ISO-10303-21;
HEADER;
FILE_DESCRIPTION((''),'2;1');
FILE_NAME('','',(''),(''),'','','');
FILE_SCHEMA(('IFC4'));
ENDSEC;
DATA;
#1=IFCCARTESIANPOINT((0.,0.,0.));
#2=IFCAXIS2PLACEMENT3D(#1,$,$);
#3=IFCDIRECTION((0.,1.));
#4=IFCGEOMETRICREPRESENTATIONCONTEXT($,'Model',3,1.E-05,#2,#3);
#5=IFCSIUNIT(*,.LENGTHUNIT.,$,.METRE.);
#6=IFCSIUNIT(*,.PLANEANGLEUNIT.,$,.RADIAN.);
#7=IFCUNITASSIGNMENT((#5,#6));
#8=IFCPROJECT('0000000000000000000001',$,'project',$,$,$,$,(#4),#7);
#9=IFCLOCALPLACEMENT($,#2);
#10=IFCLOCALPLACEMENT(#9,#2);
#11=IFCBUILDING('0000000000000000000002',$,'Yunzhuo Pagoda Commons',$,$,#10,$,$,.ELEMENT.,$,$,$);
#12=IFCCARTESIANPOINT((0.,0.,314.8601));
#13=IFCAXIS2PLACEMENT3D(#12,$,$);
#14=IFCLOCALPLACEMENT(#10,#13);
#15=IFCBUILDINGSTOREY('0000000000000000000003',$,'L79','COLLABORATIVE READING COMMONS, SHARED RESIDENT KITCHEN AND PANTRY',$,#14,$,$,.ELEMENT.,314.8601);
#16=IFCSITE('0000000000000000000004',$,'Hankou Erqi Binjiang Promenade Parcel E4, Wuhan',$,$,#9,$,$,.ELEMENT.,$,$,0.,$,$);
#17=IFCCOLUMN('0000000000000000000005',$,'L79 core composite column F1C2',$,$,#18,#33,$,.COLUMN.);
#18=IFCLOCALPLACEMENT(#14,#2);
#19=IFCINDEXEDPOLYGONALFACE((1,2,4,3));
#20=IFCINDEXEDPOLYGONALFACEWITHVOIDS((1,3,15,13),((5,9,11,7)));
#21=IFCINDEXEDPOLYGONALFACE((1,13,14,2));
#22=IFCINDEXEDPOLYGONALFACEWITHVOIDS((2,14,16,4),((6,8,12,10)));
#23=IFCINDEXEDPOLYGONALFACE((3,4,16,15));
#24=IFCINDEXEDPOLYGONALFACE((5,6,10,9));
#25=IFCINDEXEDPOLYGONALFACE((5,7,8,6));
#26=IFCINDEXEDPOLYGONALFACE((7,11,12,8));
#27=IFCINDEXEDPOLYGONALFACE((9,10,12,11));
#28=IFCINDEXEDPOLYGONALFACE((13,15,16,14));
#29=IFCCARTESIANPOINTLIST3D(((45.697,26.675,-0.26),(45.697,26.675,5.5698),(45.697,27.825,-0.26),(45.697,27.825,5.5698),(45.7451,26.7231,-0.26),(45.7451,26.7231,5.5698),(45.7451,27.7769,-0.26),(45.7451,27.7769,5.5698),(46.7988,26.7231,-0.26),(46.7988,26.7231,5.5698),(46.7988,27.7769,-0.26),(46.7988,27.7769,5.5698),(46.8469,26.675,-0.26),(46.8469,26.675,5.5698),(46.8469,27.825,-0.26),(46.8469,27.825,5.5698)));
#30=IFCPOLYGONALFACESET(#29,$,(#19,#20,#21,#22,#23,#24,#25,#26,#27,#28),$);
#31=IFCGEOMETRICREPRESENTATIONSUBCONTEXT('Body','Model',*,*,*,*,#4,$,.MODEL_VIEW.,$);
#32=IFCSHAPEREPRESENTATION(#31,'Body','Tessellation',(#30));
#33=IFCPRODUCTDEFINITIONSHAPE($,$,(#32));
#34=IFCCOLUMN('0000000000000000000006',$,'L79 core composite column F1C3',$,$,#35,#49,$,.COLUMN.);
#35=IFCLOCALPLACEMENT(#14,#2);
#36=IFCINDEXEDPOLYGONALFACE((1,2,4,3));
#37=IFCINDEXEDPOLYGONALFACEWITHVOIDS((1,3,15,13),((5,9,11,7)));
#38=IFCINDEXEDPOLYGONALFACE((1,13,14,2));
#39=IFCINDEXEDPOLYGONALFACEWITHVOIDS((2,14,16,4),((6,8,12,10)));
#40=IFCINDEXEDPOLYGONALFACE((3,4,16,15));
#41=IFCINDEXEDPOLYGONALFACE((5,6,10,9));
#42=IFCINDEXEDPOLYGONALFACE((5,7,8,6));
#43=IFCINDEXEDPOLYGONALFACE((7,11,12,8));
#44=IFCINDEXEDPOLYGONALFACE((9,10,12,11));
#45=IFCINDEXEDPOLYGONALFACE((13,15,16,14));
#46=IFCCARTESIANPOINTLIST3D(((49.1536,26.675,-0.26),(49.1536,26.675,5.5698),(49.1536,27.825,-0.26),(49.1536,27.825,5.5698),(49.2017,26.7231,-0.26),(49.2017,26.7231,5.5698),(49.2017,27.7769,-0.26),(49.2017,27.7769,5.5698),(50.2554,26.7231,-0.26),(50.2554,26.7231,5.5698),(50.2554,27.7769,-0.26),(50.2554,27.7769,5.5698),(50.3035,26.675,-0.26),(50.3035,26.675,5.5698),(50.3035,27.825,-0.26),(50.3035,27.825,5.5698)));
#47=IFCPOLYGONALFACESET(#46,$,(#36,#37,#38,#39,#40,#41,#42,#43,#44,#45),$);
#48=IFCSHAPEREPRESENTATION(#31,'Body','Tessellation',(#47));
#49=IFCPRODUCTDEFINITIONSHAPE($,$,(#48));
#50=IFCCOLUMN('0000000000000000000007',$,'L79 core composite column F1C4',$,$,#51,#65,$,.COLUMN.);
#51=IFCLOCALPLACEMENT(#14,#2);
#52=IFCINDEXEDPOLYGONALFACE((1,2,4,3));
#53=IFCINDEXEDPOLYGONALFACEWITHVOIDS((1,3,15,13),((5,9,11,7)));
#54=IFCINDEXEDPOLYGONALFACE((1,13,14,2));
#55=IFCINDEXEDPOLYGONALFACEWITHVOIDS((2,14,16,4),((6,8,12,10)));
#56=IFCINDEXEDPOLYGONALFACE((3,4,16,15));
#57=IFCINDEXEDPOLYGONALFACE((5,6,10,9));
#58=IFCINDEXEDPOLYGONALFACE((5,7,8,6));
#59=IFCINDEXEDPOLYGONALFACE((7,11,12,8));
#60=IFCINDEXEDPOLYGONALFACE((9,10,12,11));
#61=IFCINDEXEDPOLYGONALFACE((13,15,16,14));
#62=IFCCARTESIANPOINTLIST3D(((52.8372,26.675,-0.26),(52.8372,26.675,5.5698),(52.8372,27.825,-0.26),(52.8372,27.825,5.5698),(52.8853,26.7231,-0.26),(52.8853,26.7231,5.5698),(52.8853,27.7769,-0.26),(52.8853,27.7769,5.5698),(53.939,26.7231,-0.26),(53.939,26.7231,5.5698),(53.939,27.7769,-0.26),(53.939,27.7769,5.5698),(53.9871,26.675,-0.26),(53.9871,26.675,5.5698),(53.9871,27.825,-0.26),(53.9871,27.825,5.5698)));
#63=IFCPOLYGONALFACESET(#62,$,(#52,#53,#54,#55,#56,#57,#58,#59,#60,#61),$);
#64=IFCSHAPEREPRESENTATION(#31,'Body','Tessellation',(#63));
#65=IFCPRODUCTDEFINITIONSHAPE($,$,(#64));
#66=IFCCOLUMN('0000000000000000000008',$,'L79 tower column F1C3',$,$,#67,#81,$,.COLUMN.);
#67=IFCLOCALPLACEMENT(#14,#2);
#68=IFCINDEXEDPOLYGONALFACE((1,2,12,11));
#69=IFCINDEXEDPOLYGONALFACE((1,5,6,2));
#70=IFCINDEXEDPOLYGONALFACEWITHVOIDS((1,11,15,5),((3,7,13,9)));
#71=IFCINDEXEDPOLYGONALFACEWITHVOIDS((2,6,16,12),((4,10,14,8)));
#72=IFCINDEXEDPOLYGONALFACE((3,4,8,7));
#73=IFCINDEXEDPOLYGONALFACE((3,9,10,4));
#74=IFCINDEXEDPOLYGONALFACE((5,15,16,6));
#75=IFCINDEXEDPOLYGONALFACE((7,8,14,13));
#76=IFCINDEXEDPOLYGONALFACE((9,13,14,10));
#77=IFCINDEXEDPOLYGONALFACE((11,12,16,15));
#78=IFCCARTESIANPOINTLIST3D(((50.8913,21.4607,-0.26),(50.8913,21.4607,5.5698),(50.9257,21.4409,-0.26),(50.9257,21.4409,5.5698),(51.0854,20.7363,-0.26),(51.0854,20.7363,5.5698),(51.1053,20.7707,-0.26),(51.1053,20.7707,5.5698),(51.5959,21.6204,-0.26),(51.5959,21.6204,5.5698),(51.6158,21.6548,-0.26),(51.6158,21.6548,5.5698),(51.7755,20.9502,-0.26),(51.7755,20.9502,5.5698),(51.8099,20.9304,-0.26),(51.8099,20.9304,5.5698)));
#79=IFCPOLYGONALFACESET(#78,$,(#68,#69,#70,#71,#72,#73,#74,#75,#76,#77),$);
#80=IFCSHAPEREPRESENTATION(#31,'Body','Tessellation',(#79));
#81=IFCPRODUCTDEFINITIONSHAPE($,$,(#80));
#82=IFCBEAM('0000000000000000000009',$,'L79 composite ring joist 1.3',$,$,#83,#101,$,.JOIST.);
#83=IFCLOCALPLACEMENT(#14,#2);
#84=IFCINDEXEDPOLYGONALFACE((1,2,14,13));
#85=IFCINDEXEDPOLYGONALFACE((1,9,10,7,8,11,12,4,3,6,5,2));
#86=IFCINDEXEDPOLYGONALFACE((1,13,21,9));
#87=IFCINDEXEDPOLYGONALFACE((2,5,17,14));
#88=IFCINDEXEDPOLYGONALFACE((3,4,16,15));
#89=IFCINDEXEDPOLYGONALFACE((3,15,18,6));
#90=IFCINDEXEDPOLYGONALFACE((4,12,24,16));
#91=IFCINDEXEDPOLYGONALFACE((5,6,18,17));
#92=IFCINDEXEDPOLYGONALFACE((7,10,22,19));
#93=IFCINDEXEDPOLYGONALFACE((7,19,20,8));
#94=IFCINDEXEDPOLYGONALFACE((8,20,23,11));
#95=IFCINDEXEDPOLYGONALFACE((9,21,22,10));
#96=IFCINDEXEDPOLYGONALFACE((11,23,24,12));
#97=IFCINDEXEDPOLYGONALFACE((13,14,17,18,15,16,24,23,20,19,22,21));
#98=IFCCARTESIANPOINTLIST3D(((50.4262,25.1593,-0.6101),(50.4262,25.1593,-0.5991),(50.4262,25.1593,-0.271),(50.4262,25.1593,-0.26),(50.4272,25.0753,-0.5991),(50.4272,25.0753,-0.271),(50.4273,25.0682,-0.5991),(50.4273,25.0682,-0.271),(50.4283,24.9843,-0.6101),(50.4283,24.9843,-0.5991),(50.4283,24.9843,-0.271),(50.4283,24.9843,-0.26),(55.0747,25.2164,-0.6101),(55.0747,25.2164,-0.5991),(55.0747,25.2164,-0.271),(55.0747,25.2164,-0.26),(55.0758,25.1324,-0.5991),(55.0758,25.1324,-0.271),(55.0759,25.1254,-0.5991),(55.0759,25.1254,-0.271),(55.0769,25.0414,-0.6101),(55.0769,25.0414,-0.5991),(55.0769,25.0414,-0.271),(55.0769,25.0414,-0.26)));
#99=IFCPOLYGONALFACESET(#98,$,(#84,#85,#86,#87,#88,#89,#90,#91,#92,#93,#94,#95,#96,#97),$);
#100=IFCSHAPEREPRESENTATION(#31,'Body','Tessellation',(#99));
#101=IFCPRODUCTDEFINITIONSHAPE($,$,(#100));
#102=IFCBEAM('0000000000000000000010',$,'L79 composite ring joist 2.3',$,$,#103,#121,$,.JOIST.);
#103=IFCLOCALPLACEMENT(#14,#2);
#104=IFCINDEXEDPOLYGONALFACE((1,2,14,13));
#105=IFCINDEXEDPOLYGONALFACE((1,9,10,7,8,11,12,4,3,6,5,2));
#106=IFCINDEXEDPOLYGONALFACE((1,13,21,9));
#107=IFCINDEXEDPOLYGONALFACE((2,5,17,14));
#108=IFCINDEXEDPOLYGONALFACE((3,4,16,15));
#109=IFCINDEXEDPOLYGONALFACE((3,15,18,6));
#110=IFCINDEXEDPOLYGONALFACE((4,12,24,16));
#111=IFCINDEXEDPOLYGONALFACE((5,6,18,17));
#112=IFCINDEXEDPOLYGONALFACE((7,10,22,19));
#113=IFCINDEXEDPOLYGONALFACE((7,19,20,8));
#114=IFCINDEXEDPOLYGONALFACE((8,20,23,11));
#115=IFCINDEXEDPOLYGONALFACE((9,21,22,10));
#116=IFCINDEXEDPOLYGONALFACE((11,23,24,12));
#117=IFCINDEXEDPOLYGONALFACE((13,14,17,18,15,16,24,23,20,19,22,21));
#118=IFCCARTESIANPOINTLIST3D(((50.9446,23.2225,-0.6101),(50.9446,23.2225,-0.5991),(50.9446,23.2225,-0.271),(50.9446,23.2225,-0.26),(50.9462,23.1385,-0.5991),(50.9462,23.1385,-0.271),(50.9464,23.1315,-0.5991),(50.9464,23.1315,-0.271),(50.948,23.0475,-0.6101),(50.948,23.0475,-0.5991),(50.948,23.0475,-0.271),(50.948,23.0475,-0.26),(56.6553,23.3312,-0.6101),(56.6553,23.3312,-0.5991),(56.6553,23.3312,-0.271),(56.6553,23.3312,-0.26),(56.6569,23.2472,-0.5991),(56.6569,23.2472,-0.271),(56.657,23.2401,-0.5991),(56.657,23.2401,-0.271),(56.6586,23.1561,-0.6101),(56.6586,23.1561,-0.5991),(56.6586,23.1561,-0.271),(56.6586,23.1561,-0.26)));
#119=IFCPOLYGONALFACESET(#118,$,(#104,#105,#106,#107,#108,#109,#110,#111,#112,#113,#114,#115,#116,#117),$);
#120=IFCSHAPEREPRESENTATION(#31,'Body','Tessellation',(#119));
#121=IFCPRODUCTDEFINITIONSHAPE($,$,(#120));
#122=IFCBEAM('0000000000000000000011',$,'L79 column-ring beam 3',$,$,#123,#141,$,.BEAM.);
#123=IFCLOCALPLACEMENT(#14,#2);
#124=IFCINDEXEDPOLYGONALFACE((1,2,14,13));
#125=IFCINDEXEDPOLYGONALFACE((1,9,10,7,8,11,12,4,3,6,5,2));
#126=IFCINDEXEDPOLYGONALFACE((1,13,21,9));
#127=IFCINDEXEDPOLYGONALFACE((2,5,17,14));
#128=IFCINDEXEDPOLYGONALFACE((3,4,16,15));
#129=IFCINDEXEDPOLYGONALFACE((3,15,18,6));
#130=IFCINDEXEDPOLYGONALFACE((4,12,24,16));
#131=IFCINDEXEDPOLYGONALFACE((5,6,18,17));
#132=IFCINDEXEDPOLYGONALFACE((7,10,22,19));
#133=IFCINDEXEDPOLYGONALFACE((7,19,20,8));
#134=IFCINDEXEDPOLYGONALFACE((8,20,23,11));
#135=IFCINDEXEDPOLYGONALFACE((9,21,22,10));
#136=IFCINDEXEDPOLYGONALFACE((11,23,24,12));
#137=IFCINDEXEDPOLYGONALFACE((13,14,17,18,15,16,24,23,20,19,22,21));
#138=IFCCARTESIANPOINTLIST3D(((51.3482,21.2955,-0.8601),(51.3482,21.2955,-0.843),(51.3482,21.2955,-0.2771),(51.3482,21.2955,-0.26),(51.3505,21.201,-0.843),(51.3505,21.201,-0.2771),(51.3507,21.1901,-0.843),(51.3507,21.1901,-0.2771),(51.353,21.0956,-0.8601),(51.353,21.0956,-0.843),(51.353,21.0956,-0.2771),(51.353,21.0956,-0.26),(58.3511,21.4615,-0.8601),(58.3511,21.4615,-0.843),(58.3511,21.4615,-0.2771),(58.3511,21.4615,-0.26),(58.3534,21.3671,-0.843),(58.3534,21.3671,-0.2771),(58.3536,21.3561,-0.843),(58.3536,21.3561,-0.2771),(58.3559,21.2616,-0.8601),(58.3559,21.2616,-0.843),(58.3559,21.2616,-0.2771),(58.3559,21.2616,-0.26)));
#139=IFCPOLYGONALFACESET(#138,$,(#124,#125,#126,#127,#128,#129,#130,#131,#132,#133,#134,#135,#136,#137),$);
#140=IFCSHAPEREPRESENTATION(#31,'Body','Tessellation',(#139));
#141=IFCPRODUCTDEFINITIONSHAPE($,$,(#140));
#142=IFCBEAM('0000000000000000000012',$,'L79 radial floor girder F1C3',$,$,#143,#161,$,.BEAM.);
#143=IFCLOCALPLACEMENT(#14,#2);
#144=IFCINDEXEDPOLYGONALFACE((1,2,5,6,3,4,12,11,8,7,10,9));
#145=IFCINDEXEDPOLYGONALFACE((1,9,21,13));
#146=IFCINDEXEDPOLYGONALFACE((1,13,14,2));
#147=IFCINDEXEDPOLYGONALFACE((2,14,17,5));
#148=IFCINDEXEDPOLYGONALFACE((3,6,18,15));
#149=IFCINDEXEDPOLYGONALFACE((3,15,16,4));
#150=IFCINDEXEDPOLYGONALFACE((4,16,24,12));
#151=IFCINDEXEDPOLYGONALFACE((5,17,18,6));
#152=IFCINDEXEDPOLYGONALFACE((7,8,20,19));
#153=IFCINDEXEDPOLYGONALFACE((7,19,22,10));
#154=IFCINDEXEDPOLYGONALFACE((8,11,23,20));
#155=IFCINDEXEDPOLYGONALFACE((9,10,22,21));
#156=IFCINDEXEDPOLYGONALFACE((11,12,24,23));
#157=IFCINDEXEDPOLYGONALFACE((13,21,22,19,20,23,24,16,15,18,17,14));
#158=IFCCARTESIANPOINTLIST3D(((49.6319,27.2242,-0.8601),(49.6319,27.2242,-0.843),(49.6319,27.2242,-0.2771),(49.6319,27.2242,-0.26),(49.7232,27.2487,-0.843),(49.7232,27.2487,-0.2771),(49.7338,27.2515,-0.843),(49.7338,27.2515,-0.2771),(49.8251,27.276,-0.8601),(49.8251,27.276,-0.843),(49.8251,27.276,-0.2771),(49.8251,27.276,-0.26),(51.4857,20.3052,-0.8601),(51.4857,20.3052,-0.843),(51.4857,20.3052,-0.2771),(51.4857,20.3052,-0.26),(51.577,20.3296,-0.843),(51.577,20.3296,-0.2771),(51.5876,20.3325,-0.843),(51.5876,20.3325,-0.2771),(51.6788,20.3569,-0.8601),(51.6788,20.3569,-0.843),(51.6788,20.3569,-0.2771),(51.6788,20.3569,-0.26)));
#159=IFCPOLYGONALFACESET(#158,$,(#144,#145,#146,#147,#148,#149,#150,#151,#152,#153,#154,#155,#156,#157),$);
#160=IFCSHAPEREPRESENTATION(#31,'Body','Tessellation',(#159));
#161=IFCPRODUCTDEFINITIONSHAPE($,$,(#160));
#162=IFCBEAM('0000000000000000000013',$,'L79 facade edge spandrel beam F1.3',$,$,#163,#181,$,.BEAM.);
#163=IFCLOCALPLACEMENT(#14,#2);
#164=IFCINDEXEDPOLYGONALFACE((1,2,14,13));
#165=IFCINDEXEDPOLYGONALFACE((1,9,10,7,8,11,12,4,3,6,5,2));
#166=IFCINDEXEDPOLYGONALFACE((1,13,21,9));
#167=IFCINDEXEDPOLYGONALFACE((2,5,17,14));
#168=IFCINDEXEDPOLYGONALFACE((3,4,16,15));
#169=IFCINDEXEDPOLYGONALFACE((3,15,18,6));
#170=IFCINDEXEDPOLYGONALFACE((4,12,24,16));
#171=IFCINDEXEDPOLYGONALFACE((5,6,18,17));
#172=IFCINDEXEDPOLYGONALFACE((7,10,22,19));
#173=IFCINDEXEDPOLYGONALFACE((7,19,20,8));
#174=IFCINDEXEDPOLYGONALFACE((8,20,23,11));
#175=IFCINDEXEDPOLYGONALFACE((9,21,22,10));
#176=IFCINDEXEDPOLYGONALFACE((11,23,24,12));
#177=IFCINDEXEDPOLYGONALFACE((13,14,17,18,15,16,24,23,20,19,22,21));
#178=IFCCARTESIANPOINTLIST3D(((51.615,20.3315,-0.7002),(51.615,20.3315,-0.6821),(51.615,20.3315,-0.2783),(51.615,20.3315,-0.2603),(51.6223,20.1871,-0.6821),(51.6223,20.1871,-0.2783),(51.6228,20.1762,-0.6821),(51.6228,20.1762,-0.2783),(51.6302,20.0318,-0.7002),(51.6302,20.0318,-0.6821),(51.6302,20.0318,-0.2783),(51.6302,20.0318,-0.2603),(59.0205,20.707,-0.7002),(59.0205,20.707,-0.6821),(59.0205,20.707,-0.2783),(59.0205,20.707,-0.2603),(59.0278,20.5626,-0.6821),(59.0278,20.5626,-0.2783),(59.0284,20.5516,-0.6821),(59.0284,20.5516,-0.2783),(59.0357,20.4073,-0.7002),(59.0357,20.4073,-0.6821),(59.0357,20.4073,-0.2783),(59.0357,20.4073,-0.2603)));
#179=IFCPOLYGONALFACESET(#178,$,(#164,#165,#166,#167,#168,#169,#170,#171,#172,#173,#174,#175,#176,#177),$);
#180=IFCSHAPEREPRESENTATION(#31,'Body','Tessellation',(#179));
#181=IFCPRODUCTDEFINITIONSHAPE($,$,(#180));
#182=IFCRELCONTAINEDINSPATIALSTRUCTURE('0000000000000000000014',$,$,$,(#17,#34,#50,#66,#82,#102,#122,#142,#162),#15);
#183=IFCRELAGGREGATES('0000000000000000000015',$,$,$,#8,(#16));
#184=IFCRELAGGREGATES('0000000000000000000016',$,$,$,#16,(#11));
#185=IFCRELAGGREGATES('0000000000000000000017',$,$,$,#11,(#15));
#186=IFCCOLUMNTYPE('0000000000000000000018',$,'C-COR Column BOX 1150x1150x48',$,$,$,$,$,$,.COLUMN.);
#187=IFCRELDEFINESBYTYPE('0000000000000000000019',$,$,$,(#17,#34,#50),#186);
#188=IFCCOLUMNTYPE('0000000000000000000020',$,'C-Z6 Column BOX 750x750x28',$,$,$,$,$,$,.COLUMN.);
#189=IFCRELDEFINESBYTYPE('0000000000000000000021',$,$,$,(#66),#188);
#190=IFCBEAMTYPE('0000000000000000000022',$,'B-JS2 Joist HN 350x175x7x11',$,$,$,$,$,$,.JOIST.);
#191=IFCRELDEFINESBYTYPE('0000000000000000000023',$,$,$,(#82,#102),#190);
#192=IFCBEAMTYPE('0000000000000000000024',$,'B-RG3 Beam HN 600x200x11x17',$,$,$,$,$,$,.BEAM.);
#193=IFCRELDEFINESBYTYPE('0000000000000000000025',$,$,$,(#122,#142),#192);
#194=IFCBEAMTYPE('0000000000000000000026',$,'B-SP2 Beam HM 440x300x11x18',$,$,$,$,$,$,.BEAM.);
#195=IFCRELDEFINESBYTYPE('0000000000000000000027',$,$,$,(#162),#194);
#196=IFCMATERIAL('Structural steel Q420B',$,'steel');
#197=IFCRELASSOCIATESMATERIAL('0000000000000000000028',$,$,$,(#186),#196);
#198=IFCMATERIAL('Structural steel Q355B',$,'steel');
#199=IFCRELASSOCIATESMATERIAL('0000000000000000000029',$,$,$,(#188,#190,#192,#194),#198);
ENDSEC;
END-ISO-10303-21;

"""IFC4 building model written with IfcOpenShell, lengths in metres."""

from ifc_helpers import new_model, si_unit, direction, frame, origin, origin_2d, place, context, subcontext, project, spatial, hollow_rectangle, i_section, extrude, source, transform, mapped, material, material_profile, profile_set, type_object, element, save


model = new_model("IFC4")

# Units and contexts
model_context = context("Model", 3, precision=1e-05, world=origin(), true_north=direction((0.0, 1.0)))
body_context = subcontext(model_context, "Body", "Model", "MODEL_VIEW")
ifc_project = project(units=[si_unit("LENGTHUNIT", "METRE"), si_unit("PLANEANGLEUNIT", "RADIAN")], contexts=[model_context])

# Site, building, storey
site_placement = place(None, origin())
site = spatial("IfcSite", under=ifc_project, at=site_placement, Name="Hankou Erqi Binjiang Promenade Parcel E4, Wuhan", CompositionType="ELEMENT", RefElevation=0.0)
building_placement = place(site_placement, origin())
building = spatial("IfcBuilding", under=site, at=building_placement, Name="Yunzhuo Pagoda Commons", CompositionType="ELEMENT")
storey_placement = place(building_placement, frame((0.0, 0.0, 314.8601)))
storey = spatial("IfcBuildingStorey", under=building, at=storey_placement, Name="L79", Description="COLLABORATIVE READING COMMONS, SHARED RESIDENT KITCHEN AND PANTRY", CompositionType="ELEMENT", Elevation=314.8601)

# Columns
ifc_material_1 = material(Name="Structural steel Q420B", Category="steel")
ifc_material_profile_1 = material_profile(ifc_material_1, hollow_rectangle(XDim=1.1499, YDim=1.1499, WallThickness=0.0481, at=origin_2d()), Name="Structural steel Q420B")
ifc_profile_set_1 = profile_set([ifc_material_profile_1], Name="Structural steel Q420B")
column_type_1 = type_object("IfcColumnType", Name="C-COR Column BOX 1150x1150x48", PredefinedType="COLUMN", material=ifc_profile_set_1)
shared_shape_1 = source(origin(), body_context, "Body", "SweptSolid", [
    extrude(hollow_rectangle(XDim=1.1499, YDim=1.1499, WallThickness=0.0481, at=origin_2d()), origin(), (0.0, 0.0, 1.0), 5.8298),
])
for number, where, z_axis, x_axis, name in (
    (1, (46.272, 27.25, -0.26), (0.0, 0.0, 1.0), (1.0, 0.0, 0.0), "L79 core composite column F1C2"),
    (2, (49.7285, 27.25, -0.26), (0.0, 0.0, 1.0), (1.0, 0.0, 0.0), "L79 core composite column F1C3"),
    (3, (53.4121, 27.25, -0.26), (0.0, 0.0, 1.0), (1.0, 0.0, 0.0), "L79 core composite column F1C4"),
):
    element("IfcColumn", number, at=place(storey_placement, frame(where, z_axis=z_axis, x_axis=x_axis)), inside=storey, type_object=column_type_1, Name=name, PredefinedType="COLUMN", context=body_context, shape_type="MappedRepresentation", body=[
        mapped(shared_shape_1, transform((0.0, 0.0, 0.0), scale=1.0)),
    ])
ifc_material_2 = material(Name="Structural steel Q355B", Category="steel")
ifc_material_profile_2 = material_profile(ifc_material_2, hollow_rectangle(XDim=0.75, YDim=0.75, WallThickness=0.0281, at=origin_2d()), Name="Structural steel Q355B")
ifc_profile_set_2 = profile_set([ifc_material_profile_2], Name="Structural steel Q355B")
column_type_2 = type_object("IfcColumnType", Name="C-Z6 Column BOX 750x750x28", PredefinedType="COLUMN", material=ifc_profile_set_2)
shared_shape_2 = source(origin(), body_context, "Body", "SweptSolid", [
    extrude(hollow_rectangle(XDim=0.75, YDim=0.75, WallThickness=0.0281, at=origin_2d()), origin(), (0.0, 0.0, 1.0), 5.8298),
])
column_placement = place(storey_placement, frame((51.3506, 21.1956, -0.26), z_axis=(0.0, 0.0, 1.0), x_axis=(0.965926, 0.258819, 0.0)))
element("IfcColumn", 4, at=column_placement, inside=storey, type_object=column_type_2, Name="L79 tower column F1C3", PredefinedType="COLUMN", context=body_context, shape_type="MappedRepresentation", body=[
    mapped(shared_shape_2, transform((0.0, 0.0, 0.0), scale=1.0)),
])

# Beams
ifc_material_profile_3 = material_profile(ifc_material_2, i_section(OverallWidth=0.175, OverallDepth=0.3501, WebThickness=0.0071, FlangeThickness=0.011, at=origin_2d()), Name="Structural steel Q355B")
ifc_profile_set_3 = profile_set([ifc_material_profile_3], Name="Structural steel Q355B")
beam_type_1 = type_object("IfcBeamType", Name="B-JS2 Joist HN 350x175x7x11", PredefinedType="JOIST", material=ifc_profile_set_3)
shared_shape_3 = source(origin(), body_context, "Body", "SweptSolid", [
    extrude(i_section(OverallWidth=0.175, OverallDepth=0.3501, WebThickness=0.0071, FlangeThickness=0.011, at=origin_2d()), origin(), (0.0, 0.0, 1.0), 4.6489),
])
beam_1_placement = place(storey_placement, frame((50.4272, 25.0718, -0.4351), z_axis=(0.999924, 0.012288, 0.0), x_axis=(-0.012288, 0.999924, 0.0)))
element("IfcBeam", 5, at=beam_1_placement, inside=storey, type_object=beam_type_1, Name="L79 composite ring joist 1.3", PredefinedType="JOIST", context=body_context, shape_type="MappedRepresentation", body=[
    mapped(shared_shape_3, transform((0.0, 0.0, 0.0), scale=1.0)),
])
shared_shape_4 = source(origin(), body_context, "Body", "SweptSolid", [
    extrude(i_section(OverallWidth=0.175, OverallDepth=0.3501, WebThickness=0.0071, FlangeThickness=0.011, at=origin_2d()), origin(), (0.0, 0.0, 1.0), 5.7117),
])
beam_2_placement = place(storey_placement, frame((50.9463, 23.135, -0.4351), z_axis=(0.999819, 0.019021, 0.0), x_axis=(-0.019021, 0.999819, 0.0)))
element("IfcBeam", 6, at=beam_2_placement, inside=storey, type_object=beam_type_1, Name="L79 composite ring joist 2.3", PredefinedType="JOIST", context=body_context, shape_type="MappedRepresentation", body=[
    mapped(shared_shape_4, transform((0.0, 0.0, 0.0), scale=1.0)),
])
ifc_material_profile_4 = material_profile(ifc_material_2, i_section(OverallWidth=0.2, OverallDepth=0.6001, WebThickness=0.011, FlangeThickness=0.0171, at=origin_2d()), Name="Structural steel Q355B")
ifc_profile_set_4 = profile_set([ifc_material_profile_4], Name="Structural steel Q355B")
beam_type_2 = type_object("IfcBeamType", Name="B-RG3 Beam HN 600x200x11x17", PredefinedType="BEAM", material=ifc_profile_set_4)
shared_shape_5 = source(origin(), body_context, "Body", "SweptSolid", [
    extrude(i_section(OverallWidth=0.2, OverallDepth=0.6001, WebThickness=0.011, FlangeThickness=0.0171, at=origin_2d()), origin(), (0.0, 0.0, 1.0), 7.0049),
])
beam_3_placement = place(storey_placement, frame((51.3506, 21.1956, -0.5601), z_axis=(0.999719, 0.0237, 0.0), x_axis=(-0.0237, 0.999719, 0.0)))
element("IfcBeam", 7, at=beam_3_placement, inside=storey, type_object=beam_type_2, Name="L79 column-ring beam 3", PredefinedType="BEAM", context=body_context, shape_type="MappedRepresentation", body=[
    mapped(shared_shape_5, transform((0.0, 0.0, 0.0), scale=1.0)),
])
shared_shape_6 = source(origin(), body_context, "Body", "SweptSolid", [
    extrude(i_section(OverallWidth=0.2, OverallDepth=0.6001, WebThickness=0.011, FlangeThickness=0.0171, at=origin_2d()), origin(), (0.0, 0.0, 1.0), 7.1631),
])
beam_4_placement = place(storey_placement, frame((51.5823, 20.3311, -0.5601), z_axis=(-0.258797, 0.965932, 0.0), x_axis=(-0.965932, -0.258797, 0.0)))
element("IfcBeam", 8, at=beam_4_placement, inside=storey, type_object=beam_type_2, Name="L79 radial floor girder F1C3", PredefinedType="BEAM", context=body_context, shape_type="MappedRepresentation", body=[
    mapped(shared_shape_6, transform((0.0, 0.0, 0.0), scale=1.0)),
])
ifc_material_profile_5 = material_profile(ifc_material_2, i_section(OverallWidth=0.3, OverallDepth=0.4399, WebThickness=0.011, FlangeThickness=0.0181, at=origin_2d()), Name="Structural steel Q355B")
ifc_profile_set_5 = profile_set([ifc_material_profile_5], Name="Structural steel Q355B")
beam_type_3 = type_object("IfcBeamType", Name="B-SP2 Beam HM 440x300x11x18", PredefinedType="BEAM", material=ifc_profile_set_5)
shared_shape_7 = source(origin(), body_context, "Body", "SweptSolid", [
    extrude(i_section(OverallWidth=0.3, OverallDepth=0.4399, WebThickness=0.011, FlangeThickness=0.0181, at=origin_2d()), origin(), (0.0, 0.0, 1.0), 7.415),
])
beam_5_placement = place(storey_placement, frame((51.6226, 20.1816, -0.4802), z_axis=(0.998717, 0.050639, 0.0), x_axis=(-0.050639, 0.998717, 0.0)))
element("IfcBeam", 9, at=beam_5_placement, inside=storey, type_object=beam_type_3, Name="L79 facade edge spandrel beam F1.3", PredefinedType="BEAM", context=body_context, shape_type="MappedRepresentation", body=[
    mapped(shared_shape_7, transform((0.0, 0.0, 0.0), scale=1.0)),
])

save(model, "model.ifc")
